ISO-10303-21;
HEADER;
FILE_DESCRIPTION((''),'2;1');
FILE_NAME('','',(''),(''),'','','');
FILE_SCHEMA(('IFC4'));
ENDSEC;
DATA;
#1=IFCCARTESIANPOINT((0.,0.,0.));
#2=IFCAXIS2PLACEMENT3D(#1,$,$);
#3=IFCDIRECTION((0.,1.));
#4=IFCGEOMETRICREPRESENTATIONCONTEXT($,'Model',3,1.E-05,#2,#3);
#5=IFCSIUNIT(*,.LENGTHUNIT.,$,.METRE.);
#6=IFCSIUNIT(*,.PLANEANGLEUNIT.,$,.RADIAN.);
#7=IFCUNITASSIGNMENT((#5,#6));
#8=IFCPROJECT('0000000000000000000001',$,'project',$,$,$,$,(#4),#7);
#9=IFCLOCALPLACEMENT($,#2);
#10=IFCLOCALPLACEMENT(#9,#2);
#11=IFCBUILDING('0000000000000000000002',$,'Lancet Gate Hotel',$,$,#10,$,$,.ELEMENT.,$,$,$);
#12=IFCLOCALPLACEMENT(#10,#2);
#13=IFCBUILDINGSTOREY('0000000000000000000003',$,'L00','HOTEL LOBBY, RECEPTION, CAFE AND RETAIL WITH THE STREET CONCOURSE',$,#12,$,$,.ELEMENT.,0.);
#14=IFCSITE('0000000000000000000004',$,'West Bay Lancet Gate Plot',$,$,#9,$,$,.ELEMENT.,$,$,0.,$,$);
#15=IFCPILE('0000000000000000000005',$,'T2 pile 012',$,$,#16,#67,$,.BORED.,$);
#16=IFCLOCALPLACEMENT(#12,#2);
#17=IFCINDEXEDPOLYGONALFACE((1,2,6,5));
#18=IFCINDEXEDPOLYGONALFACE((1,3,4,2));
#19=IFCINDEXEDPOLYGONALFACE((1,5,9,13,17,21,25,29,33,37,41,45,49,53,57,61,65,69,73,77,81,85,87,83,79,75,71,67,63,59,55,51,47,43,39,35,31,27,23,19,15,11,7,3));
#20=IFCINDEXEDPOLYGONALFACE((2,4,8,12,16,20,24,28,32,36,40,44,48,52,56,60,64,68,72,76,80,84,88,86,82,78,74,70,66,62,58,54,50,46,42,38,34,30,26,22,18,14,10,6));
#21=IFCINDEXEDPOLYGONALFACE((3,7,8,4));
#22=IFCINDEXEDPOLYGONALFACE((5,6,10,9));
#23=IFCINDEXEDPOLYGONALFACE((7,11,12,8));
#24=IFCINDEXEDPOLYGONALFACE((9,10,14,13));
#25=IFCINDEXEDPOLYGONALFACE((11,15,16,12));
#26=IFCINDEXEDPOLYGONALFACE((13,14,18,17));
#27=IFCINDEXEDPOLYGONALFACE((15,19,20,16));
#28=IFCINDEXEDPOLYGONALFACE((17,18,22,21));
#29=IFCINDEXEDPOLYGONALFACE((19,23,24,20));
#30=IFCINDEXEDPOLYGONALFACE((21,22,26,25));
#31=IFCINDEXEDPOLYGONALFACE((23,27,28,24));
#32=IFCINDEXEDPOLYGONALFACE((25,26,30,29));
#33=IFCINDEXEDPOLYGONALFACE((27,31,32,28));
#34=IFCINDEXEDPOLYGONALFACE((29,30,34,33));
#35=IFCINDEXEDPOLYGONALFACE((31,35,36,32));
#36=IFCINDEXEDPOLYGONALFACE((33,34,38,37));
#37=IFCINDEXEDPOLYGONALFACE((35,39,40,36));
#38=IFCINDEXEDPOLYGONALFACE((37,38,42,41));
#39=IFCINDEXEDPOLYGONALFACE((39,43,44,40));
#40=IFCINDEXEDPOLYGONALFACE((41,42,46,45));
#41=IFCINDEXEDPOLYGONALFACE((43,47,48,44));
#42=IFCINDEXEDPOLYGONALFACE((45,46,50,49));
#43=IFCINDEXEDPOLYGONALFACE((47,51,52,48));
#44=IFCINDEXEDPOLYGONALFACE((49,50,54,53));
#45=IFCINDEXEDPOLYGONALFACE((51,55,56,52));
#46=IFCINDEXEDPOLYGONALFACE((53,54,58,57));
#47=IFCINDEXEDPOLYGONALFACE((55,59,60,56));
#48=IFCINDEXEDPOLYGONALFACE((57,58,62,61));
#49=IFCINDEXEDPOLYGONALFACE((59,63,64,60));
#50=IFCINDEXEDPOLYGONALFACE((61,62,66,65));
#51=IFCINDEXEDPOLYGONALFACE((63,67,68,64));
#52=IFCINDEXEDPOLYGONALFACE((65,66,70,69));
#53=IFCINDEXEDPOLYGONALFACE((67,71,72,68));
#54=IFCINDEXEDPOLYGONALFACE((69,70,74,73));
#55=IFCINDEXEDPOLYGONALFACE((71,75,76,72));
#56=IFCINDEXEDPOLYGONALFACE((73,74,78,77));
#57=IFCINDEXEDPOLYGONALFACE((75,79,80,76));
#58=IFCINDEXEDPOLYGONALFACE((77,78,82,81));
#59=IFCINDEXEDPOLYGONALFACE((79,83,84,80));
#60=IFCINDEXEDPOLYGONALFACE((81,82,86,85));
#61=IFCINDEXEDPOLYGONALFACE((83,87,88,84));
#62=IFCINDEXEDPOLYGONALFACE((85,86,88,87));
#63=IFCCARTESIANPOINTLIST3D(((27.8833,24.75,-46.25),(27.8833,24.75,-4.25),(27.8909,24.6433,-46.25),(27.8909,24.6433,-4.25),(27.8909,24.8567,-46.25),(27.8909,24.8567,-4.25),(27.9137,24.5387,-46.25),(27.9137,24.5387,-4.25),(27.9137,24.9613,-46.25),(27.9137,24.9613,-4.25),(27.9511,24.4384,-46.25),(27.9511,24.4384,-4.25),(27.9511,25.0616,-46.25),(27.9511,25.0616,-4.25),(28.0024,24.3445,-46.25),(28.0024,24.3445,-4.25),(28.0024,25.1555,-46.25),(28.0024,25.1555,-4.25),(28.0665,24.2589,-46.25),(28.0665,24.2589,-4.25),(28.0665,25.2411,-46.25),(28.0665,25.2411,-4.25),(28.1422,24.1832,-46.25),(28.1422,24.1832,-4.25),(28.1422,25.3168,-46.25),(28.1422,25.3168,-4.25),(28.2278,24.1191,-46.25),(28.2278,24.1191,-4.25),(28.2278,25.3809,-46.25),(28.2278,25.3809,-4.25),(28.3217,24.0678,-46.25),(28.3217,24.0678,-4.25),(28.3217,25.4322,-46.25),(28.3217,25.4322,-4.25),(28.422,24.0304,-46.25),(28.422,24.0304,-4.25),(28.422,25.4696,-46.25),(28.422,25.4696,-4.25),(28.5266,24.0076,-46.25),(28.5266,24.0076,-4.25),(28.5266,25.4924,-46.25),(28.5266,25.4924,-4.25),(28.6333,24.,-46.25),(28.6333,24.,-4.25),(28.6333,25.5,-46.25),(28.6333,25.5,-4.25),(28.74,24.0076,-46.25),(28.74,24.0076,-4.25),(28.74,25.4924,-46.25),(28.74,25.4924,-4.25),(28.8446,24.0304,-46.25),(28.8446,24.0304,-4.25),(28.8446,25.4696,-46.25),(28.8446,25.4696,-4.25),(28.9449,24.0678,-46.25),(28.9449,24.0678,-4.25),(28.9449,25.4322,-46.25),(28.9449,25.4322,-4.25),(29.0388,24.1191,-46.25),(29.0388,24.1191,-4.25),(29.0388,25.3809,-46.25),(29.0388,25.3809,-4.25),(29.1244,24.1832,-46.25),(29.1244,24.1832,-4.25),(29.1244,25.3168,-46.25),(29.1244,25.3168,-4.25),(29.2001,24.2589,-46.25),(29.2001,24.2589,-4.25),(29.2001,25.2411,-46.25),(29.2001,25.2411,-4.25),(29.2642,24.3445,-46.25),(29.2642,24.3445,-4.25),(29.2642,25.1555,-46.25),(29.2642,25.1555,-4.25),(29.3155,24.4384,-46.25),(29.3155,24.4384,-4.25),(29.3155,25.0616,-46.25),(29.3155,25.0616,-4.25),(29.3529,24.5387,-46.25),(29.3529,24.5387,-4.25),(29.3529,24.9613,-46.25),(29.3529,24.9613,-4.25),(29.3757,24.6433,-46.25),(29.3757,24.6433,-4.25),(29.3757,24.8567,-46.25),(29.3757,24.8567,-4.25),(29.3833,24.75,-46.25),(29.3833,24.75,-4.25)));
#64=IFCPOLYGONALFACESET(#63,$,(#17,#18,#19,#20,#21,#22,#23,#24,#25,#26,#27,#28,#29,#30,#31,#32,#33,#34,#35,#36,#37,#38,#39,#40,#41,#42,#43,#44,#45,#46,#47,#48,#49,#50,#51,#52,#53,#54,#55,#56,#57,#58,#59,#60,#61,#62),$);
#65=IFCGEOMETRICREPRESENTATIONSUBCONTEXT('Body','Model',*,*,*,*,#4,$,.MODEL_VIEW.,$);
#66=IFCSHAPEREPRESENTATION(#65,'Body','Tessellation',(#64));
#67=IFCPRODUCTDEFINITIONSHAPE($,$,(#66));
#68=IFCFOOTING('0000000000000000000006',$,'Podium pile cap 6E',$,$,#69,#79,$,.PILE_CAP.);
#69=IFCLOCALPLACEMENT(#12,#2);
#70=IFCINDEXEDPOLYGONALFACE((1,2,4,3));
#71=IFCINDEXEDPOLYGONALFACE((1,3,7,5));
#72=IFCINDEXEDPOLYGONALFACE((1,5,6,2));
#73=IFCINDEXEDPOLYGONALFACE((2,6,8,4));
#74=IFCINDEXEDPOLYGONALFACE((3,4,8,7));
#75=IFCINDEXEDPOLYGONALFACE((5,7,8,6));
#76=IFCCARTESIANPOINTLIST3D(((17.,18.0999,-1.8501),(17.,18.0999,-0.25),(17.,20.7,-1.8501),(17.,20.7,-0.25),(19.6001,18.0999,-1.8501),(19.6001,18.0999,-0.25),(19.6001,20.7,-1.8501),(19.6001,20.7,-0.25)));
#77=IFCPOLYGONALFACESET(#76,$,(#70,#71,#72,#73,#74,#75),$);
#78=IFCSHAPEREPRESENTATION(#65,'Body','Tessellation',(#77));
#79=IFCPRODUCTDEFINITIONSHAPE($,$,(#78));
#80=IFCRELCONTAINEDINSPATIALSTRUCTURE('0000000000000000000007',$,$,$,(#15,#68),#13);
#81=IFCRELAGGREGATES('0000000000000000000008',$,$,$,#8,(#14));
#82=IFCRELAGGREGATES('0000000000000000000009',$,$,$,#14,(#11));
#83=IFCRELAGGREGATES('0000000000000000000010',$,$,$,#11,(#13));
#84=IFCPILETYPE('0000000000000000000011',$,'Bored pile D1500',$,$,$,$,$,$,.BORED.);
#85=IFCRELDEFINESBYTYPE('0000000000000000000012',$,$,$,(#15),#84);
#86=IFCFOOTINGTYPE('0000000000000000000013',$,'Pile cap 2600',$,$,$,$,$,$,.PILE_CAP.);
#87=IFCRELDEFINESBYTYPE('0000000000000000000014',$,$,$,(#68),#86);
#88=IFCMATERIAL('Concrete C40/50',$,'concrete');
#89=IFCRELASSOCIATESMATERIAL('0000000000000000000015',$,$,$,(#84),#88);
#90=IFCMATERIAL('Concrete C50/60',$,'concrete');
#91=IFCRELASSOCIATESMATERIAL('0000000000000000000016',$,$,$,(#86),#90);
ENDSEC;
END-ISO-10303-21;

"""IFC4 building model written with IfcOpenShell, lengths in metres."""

from ifc_helpers import new_model, si_unit, direction, frame, origin, origin_2d, place, context, subcontext, project, spatial, rectangle, circle, extrude, material, material_profile, profile_set, type_object, element, save


model = new_model("IFC4")

# Units and contexts
model_context = context("Model", 3, precision=1e-05, world=origin(), true_north=direction((0.0, 1.0)))
body_context = subcontext(model_context, "Body", "Model", "MODEL_VIEW")
ifc_project = project(units=[si_unit("LENGTHUNIT", "METRE"), si_unit("PLANEANGLEUNIT", "RADIAN")], contexts=[model_context])

# Site, building, storey
site_placement = place(None, origin())
site = spatial("IfcSite", under=ifc_project, at=site_placement, Name="West Bay Lancet Gate Plot", CompositionType="ELEMENT", RefElevation=0.0)
building_placement = place(site_placement, origin())
building = spatial("IfcBuilding", under=site, at=building_placement, Name="Lancet Gate Hotel", CompositionType="ELEMENT")
storey_placement = place(building_placement, origin())
storey = spatial("IfcBuildingStorey", under=building, at=storey_placement, Name="L00", Description="HOTEL LOBBY, RECEPTION, CAFE AND RETAIL WITH THE STREET CONCOURSE", CompositionType="ELEMENT", Elevation=0.0)

# Pile
ifc_material_1 = material(Name="Concrete C40/50", Category="concrete")
ifc_material_profile_1 = material_profile(ifc_material_1, circle(Radius=0.75, at=origin_2d()), Name="PILE D1500")
ifc_profile_set_1 = profile_set([ifc_material_profile_1], Name="Concrete C40/50")
pile_type_1 = type_object("IfcPileType", Name="Bored pile D1500", PredefinedType="BORED", material=ifc_profile_set_1)
for number, where, z_axis, x_axis, name in (
    (1, (28.6333, 24.75, -4.25), (0.0, 0.0, -1.0), (1.0, 0.0, 0.0), "T2 pile 012"),
):
    element("IfcPile", number, at=place(storey_placement, frame(where, z_axis=z_axis, x_axis=x_axis)), inside=storey, type_object=pile_type_1, Name=name, PredefinedType="BORED", context=body_context, shape_type="SweptSolid", body=[
        extrude(circle(Radius=0.75, at=origin_2d()), origin(), (0.0, 0.0, 1.0), 42.0),
    ])

# Footing
ifc_material_2 = material(Name="Concrete C50/60", Category="concrete")
footing_type = type_object("IfcFootingType", Name="Pile cap 2600", PredefinedType="PILE_CAP", material=ifc_material_2)
footing_placement = place(storey_placement, frame((18.3, 19.3999, -1.8501), z_axis=(0.0, 0.0, 1.0), x_axis=(1.0, 0.0, 0.0)))
element("IfcFooting", 2, at=footing_placement, inside=storey, type_object=footing_type, Name="Podium pile cap 6E", PredefinedType="PILE_CAP", context=body_context, shape_type="SweptSolid", body=[
    extrude(rectangle(XDim=2.6001, YDim=2.6001, at=origin_2d()), origin(), (0.0, 0.0, 1.0), 1.6001),
])

save(model, "model.ifc")
